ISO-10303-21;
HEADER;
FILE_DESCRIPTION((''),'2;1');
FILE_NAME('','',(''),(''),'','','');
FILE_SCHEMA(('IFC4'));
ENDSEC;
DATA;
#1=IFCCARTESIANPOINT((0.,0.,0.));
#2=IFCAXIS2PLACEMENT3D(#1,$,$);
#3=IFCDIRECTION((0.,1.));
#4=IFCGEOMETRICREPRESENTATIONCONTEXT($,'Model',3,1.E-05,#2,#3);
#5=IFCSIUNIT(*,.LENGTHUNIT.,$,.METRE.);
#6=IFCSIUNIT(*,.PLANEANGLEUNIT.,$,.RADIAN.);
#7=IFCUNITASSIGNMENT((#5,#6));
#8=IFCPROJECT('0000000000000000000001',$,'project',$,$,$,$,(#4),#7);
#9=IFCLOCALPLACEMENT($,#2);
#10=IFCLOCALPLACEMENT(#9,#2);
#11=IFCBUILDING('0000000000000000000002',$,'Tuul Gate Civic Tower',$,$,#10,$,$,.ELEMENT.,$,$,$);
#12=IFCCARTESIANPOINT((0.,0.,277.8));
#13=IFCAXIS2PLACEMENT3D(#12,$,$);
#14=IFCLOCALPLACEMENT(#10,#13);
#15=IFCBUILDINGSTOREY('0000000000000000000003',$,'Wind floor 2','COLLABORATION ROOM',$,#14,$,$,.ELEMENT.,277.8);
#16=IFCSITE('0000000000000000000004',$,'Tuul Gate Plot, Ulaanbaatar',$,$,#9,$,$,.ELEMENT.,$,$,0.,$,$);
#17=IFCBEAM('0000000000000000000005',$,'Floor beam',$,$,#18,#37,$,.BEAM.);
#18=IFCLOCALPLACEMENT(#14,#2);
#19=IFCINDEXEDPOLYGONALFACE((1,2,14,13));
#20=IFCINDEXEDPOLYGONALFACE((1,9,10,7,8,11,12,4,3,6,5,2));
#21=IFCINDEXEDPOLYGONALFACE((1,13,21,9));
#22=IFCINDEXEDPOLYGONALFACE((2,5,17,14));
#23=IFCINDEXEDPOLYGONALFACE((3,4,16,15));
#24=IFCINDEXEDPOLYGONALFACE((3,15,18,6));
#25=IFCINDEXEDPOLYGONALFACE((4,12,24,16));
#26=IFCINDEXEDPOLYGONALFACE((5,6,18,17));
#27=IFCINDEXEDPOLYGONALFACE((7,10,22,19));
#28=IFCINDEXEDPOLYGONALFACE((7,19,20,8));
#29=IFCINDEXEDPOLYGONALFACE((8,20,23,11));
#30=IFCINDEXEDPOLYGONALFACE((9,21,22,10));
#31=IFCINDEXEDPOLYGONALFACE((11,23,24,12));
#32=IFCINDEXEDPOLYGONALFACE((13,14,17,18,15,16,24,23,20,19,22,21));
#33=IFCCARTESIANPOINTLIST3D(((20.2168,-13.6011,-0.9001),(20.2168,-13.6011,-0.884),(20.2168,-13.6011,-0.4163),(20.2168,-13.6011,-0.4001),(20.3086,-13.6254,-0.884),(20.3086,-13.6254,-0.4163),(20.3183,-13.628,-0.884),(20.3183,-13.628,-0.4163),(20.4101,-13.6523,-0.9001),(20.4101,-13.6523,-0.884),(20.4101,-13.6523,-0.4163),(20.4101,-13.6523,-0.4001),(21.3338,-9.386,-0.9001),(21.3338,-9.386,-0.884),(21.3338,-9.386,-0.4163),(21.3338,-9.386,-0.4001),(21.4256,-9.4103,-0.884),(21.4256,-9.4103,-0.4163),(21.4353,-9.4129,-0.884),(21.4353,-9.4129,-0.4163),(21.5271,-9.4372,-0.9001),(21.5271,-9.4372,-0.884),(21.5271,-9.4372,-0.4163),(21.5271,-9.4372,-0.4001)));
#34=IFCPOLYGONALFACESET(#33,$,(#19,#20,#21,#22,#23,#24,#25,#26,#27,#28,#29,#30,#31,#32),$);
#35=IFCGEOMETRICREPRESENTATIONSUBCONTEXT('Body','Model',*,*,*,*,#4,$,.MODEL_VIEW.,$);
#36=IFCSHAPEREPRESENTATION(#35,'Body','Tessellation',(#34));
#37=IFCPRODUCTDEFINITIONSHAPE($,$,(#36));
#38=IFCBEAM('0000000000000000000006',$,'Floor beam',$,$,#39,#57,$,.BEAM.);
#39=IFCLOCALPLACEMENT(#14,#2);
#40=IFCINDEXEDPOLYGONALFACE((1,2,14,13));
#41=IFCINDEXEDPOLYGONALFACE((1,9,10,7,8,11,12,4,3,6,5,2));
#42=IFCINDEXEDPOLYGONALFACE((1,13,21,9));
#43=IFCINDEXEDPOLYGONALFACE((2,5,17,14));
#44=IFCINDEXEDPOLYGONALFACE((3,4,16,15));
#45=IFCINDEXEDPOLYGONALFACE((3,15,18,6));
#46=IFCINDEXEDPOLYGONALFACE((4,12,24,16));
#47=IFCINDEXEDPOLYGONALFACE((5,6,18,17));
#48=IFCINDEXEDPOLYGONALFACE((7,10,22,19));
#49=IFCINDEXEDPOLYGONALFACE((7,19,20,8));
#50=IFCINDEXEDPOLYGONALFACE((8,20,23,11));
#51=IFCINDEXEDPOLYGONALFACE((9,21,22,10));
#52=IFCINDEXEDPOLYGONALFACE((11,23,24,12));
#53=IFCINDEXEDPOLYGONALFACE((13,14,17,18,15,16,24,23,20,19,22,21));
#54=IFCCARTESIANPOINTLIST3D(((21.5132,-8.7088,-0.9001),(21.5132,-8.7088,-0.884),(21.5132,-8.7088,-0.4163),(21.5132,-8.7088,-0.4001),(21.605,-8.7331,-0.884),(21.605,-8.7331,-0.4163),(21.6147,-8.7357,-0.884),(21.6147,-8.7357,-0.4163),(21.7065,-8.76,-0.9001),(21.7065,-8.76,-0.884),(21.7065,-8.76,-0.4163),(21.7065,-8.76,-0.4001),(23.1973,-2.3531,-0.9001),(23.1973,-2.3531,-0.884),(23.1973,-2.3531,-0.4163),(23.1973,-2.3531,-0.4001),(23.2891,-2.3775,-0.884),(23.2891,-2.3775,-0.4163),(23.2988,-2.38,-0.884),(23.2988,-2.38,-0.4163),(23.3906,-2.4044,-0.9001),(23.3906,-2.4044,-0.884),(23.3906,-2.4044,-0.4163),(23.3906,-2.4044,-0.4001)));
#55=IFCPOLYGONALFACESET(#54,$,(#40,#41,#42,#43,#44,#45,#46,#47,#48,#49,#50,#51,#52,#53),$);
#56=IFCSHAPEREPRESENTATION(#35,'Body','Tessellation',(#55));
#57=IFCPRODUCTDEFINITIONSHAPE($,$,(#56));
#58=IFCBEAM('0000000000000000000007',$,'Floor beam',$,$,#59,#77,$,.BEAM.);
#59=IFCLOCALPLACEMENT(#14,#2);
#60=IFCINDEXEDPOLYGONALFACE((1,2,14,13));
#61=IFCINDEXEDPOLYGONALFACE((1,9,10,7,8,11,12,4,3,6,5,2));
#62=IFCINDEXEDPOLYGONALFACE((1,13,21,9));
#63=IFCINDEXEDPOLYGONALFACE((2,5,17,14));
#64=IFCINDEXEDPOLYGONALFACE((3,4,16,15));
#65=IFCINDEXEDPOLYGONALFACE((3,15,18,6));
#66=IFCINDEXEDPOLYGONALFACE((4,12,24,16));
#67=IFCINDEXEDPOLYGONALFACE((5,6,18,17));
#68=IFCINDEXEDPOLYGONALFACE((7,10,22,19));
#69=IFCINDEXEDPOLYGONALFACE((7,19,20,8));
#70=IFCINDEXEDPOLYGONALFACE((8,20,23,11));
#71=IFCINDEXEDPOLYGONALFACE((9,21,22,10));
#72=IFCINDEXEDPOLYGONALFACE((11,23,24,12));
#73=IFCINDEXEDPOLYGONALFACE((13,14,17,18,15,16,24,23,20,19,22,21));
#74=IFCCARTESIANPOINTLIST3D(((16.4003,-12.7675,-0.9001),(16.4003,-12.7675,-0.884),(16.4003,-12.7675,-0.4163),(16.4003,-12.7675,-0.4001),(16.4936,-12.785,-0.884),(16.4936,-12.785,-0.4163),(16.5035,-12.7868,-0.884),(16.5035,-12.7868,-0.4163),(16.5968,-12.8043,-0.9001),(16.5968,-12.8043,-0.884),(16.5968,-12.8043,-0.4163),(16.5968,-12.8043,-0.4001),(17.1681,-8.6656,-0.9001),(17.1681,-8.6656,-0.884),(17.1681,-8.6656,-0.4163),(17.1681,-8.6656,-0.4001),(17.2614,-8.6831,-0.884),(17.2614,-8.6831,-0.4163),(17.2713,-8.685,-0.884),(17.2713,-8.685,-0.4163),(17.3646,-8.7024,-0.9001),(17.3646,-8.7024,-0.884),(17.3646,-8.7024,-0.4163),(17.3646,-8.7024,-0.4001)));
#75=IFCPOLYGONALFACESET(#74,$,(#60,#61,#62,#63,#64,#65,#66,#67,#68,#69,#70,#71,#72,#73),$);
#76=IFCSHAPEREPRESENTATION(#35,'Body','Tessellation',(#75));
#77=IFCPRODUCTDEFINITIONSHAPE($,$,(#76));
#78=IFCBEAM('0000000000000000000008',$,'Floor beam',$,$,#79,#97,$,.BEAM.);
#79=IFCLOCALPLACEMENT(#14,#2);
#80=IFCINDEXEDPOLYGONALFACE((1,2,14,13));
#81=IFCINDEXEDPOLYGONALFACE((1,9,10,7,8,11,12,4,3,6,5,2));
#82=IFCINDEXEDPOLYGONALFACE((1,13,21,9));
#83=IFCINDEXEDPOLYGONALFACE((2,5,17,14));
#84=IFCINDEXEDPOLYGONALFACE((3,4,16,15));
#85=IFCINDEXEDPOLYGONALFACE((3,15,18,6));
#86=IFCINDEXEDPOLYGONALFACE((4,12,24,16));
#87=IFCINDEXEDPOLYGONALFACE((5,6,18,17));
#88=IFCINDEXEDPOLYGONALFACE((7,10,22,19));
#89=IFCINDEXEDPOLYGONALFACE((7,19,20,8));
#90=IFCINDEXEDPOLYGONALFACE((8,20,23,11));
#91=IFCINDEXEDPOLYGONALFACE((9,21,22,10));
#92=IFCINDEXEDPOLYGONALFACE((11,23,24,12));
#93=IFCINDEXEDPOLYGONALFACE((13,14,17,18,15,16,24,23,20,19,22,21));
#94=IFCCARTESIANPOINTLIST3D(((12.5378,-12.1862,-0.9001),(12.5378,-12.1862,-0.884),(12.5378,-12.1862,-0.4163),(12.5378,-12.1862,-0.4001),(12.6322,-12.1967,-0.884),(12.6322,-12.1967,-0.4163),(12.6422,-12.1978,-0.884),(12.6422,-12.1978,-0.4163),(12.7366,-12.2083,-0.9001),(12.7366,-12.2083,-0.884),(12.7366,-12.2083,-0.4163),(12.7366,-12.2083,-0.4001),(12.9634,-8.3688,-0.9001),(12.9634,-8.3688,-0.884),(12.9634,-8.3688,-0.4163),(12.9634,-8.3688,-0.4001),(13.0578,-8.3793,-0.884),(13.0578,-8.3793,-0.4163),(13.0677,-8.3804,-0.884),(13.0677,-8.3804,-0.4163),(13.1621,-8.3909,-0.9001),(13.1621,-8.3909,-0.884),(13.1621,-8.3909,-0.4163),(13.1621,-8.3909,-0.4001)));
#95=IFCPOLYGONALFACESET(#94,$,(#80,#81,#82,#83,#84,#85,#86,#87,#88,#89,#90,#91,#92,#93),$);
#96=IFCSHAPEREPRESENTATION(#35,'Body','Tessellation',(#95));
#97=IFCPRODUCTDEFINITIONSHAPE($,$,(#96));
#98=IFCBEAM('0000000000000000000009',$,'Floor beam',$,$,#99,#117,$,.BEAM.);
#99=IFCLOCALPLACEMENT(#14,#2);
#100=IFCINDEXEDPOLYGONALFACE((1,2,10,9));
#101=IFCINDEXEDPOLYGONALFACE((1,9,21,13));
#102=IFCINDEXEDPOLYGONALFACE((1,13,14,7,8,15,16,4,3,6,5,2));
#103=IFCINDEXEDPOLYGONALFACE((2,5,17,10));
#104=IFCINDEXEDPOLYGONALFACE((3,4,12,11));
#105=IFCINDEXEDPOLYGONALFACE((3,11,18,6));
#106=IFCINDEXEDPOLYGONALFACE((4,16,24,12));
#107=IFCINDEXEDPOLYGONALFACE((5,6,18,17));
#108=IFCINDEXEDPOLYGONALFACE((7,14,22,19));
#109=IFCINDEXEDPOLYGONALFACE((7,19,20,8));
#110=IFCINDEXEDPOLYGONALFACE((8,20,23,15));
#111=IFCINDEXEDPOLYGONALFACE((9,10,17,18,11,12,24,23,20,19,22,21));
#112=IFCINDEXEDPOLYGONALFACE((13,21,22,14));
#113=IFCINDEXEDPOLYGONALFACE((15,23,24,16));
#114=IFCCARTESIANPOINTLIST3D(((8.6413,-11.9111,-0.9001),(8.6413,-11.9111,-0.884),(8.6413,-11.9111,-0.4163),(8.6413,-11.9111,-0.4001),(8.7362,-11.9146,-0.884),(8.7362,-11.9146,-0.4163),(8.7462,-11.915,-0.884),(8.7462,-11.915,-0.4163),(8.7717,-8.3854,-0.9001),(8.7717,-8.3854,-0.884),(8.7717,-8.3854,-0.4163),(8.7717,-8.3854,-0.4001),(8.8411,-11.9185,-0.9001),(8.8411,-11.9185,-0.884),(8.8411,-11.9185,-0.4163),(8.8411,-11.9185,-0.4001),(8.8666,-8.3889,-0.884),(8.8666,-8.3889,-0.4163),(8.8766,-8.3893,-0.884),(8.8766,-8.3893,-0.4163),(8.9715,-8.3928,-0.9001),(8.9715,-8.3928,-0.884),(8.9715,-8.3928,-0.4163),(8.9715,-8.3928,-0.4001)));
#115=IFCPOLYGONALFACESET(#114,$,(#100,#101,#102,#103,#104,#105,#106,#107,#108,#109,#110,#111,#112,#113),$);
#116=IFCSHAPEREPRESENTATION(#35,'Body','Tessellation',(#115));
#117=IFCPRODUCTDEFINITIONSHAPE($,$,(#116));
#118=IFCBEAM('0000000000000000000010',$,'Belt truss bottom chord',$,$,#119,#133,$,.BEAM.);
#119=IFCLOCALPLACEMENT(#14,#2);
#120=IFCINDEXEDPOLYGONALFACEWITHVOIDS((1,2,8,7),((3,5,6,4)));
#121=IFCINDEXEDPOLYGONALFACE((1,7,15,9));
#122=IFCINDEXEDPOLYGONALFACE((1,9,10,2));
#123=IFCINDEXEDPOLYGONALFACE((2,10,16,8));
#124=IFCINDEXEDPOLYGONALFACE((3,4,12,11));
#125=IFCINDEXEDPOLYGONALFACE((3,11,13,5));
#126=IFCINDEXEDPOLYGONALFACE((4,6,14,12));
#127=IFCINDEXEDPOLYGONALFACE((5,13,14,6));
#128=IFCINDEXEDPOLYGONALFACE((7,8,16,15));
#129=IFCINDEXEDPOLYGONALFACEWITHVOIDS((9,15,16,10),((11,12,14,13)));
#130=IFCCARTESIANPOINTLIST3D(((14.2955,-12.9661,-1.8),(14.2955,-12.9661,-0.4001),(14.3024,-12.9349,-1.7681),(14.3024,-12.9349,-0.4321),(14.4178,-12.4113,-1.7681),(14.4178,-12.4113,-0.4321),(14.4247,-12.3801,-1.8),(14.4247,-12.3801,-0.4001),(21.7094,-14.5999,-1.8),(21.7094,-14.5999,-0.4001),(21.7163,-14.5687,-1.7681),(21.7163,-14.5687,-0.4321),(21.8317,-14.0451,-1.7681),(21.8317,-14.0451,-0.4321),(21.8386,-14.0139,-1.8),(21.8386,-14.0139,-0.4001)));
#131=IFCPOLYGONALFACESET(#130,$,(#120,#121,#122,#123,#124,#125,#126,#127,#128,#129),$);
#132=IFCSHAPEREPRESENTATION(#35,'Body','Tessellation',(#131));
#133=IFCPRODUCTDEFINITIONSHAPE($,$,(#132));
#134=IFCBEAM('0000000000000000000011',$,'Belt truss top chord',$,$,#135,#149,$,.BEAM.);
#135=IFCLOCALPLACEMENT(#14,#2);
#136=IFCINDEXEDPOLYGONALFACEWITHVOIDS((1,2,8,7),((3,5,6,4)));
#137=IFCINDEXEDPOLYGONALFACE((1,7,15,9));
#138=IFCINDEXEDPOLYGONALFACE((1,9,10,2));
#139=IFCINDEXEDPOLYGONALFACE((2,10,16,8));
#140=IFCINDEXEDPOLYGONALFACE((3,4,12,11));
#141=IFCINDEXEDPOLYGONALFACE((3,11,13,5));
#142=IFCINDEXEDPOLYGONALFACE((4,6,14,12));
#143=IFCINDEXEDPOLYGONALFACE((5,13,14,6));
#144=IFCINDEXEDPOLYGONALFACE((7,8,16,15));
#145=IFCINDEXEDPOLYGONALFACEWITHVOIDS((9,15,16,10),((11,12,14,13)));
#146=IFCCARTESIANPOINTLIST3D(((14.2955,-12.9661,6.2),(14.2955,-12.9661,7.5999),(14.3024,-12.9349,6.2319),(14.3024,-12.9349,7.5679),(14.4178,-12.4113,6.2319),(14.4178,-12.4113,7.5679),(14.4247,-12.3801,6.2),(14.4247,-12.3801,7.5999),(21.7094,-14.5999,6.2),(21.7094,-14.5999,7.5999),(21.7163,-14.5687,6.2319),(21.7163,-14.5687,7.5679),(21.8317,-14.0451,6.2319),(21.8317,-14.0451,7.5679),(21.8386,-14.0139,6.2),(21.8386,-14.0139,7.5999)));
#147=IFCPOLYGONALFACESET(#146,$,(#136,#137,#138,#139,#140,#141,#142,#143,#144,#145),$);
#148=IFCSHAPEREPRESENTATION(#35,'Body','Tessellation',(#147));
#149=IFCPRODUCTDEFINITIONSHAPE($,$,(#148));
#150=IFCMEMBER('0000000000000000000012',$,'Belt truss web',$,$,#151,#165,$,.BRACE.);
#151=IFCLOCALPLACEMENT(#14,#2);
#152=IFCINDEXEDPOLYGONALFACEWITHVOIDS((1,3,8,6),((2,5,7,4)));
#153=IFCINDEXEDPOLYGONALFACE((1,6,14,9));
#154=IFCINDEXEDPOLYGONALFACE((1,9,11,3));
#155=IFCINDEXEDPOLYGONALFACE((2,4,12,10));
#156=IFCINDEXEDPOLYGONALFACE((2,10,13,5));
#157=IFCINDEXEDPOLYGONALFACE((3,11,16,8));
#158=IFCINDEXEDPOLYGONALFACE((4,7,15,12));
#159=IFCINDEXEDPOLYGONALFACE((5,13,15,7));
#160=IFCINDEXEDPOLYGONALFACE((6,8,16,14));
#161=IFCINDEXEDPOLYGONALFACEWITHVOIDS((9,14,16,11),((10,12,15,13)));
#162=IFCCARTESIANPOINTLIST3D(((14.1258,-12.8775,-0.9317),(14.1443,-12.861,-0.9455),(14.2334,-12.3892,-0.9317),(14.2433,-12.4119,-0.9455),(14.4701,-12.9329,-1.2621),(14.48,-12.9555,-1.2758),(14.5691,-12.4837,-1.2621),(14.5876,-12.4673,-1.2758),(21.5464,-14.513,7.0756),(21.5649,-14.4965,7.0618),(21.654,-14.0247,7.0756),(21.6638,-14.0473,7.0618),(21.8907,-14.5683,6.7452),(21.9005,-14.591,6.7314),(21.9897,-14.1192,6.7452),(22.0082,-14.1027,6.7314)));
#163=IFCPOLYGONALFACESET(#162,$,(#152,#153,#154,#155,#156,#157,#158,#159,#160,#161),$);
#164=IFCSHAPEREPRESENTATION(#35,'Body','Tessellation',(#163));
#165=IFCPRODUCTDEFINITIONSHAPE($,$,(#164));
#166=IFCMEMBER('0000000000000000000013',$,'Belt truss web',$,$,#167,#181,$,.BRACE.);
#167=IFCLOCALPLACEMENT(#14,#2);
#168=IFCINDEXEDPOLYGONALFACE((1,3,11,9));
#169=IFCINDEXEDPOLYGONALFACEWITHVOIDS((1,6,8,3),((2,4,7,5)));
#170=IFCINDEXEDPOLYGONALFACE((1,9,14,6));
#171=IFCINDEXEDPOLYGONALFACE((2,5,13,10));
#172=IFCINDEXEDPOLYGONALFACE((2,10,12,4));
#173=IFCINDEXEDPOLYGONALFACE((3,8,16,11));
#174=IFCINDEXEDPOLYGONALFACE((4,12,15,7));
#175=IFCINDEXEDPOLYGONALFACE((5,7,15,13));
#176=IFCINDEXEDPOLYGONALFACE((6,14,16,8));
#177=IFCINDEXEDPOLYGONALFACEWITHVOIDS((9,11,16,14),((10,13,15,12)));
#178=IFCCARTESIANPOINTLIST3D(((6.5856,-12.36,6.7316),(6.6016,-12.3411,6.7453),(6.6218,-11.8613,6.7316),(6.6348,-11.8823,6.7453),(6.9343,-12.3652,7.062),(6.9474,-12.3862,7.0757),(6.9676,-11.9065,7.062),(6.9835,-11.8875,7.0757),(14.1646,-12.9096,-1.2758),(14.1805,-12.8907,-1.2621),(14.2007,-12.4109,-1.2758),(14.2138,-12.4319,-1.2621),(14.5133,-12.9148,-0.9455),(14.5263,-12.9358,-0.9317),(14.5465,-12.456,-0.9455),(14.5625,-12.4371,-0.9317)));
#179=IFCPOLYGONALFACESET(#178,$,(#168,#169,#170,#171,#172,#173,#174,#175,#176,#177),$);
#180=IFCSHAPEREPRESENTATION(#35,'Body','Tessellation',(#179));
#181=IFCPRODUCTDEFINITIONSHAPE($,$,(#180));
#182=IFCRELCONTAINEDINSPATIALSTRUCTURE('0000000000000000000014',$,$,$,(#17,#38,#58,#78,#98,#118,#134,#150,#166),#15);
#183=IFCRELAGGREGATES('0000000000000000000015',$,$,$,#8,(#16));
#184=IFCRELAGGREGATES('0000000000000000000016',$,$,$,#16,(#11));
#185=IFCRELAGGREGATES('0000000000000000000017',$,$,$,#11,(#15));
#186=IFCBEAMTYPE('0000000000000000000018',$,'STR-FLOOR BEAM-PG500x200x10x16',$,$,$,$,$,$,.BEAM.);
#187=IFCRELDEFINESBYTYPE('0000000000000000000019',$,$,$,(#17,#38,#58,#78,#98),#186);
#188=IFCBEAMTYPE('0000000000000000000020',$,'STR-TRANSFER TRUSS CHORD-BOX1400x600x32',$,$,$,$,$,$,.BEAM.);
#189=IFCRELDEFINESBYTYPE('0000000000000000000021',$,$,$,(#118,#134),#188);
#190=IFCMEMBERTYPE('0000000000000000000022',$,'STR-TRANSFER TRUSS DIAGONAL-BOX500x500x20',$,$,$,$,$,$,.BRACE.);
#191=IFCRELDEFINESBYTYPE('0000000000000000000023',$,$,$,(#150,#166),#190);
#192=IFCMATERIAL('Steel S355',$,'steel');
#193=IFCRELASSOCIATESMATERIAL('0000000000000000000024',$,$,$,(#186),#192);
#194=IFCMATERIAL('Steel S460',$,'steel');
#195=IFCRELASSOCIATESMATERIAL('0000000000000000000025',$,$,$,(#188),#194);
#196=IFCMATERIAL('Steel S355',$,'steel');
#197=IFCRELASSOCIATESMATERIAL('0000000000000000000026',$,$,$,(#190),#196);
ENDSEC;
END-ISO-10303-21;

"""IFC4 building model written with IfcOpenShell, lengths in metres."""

from ifc_helpers import new_model, si_unit, direction, frame, origin, origin_2d, place, context, subcontext, project, spatial, hollow_rectangle, i_section, extrude, material, material_profile, profile_set, type_object, element, save


model = new_model("IFC4")

# Units and contexts
model_context = context("Model", 3, precision=1e-05, world=origin(), true_north=direction((0.0, 1.0)))
body_context = subcontext(model_context, "Body", "Model", "MODEL_VIEW")
ifc_project = project(units=[si_unit("LENGTHUNIT", "METRE"), si_unit("PLANEANGLEUNIT", "RADIAN")], contexts=[model_context])

# Site, building, storey
site_placement = place(None, origin())
site = spatial("IfcSite", under=ifc_project, at=site_placement, Name="Tuul Gate Plot, Ulaanbaatar", CompositionType="ELEMENT", RefElevation=0.0)
building_placement = place(site_placement, origin())
building = spatial("IfcBuilding", under=site, at=building_placement, Name="Tuul Gate Civic Tower", CompositionType="ELEMENT")
storey_placement = place(building_placement, frame((0.0, 0.0, 277.8)))
storey = spatial("IfcBuildingStorey", under=building, at=storey_placement, Name="Wind floor 2", Description="COLLABORATION ROOM", CompositionType="ELEMENT", Elevation=277.8)

# Beams
ifc_material_1 = material(Name="Steel S355", Category="steel")
ifc_material_profile_1 = material_profile(ifc_material_1, i_section(OverallWidth=0.2, OverallDepth=0.5, WebThickness=0.01, FlangeThickness=0.0161, at=origin_2d()), Name="PG500x200x10x16")
ifc_profile_set_1 = profile_set([ifc_material_profile_1], Name="Steel S355")
beam_type_1 = type_object("IfcBeamType", Name="STR-FLOOR BEAM-PG500x200x10x16", PredefinedType="BEAM", material=ifc_profile_set_1)
beam_1_placement = place(storey_placement, frame((20.3135, -13.6267, -0.6501), z_axis=(0.256146, 0.966638, 0.0), x_axis=(-0.966638, 0.256146, 0.0)))
element("IfcBeam", 1, at=beam_1_placement, inside=storey, type_object=beam_type_1, Name="Floor beam", PredefinedType="BEAM", context=body_context, shape_type="SweptSolid", body=[
    extrude(i_section(OverallWidth=0.2, OverallDepth=0.5, WebThickness=0.01, FlangeThickness=0.0161, at=origin_2d()), origin(), (0.0, 0.0, 1.0), 4.3606),
])
beam_2_placement = place(storey_placement, frame((21.6099, -8.7344, -0.6501), z_axis=(0.256132, 0.966642, 0.0), x_axis=(-0.966642, 0.256132, 0.0)))
element("IfcBeam", 2, at=beam_2_placement, inside=storey, type_object=beam_type_1, Name="Floor beam", PredefinedType="BEAM", context=body_context, shape_type="SweptSolid", body=[
    extrude(i_section(OverallWidth=0.2, OverallDepth=0.5, WebThickness=0.01, FlangeThickness=0.0161, at=origin_2d()), origin(), (0.0, 0.0, 1.0), 6.575),
])
beam_3_placement = place(storey_placement, frame((16.4985, -12.7859, -0.6501), z_axis=(0.183995, 0.982927, 0.0), x_axis=(-0.982927, 0.183995, 0.0)))
element("IfcBeam", 3, at=beam_3_placement, inside=storey, type_object=beam_type_1, Name="Floor beam", PredefinedType="BEAM", context=body_context, shape_type="SweptSolid", body=[
    extrude(i_section(OverallWidth=0.2, OverallDepth=0.5, WebThickness=0.01, FlangeThickness=0.0161, at=origin_2d()), origin(), (0.0, 0.0, 1.0), 4.1731),
])
beam_4_placement = place(storey_placement, frame((12.6372, -12.1973, -0.6501), z_axis=(0.110787, 0.993844, 0.0), x_axis=(-0.993844, 0.110787, 0.0)))
element("IfcBeam", 4, at=beam_4_placement, inside=storey, type_object=beam_type_1, Name="Floor beam", PredefinedType="BEAM", context=body_context, shape_type="SweptSolid", body=[
    extrude(i_section(OverallWidth=0.2, OverallDepth=0.5, WebThickness=0.01, FlangeThickness=0.0161, at=origin_2d()), origin(), (0.0, 0.0, 1.0), 3.8411),
])
beam_5_placement = place(storey_placement, frame((8.7412, -11.9148, -0.6501), z_axis=(0.036953, 0.999317, 0.0), x_axis=(-0.999317, 0.036953, 0.0)))
element("IfcBeam", 5, at=beam_5_placement, inside=storey, type_object=beam_type_1, Name="Floor beam", PredefinedType="BEAM", context=body_context, shape_type="SweptSolid", body=[
    extrude(i_section(OverallWidth=0.2, OverallDepth=0.5, WebThickness=0.01, FlangeThickness=0.0161, at=origin_2d()), origin(), (0.0, 0.0, 1.0), 3.5281),
])
ifc_material_2 = material(Name="Steel S460", Category="steel")
ifc_material_profile_2 = material_profile(ifc_material_2, hollow_rectangle(XDim=0.6001, YDim=1.3999, WallThickness=0.032, at=origin_2d()), Name="BOX1400x600x32")
ifc_profile_set_2 = profile_set([ifc_material_profile_2], Name="Steel S460")
beam_type_2 = type_object("IfcBeamType", Name="STR-TRANSFER TRUSS CHORD-BOX1400x600x32", PredefinedType="BEAM", material=ifc_profile_set_2)
for number, where, z_axis, x_axis, name in (
    (6, (14.3601, -12.6731, -1.1001), (0.976568, -0.215207, 0.0), (0.215207, 0.976568, 0.0), "Belt truss bottom chord"),
    (7, (14.3601, -12.6731, 6.8999), (0.976568, -0.215207, 0.0), (0.215207, 0.976568, 0.0), "Belt truss top chord"),
):
    element("IfcBeam", number, at=place(storey_placement, frame(where, z_axis=z_axis, x_axis=x_axis)), inside=storey, type_object=beam_type_2, Name=name, PredefinedType="BEAM", context=body_context, shape_type="SweptSolid", body=[
        extrude(hollow_rectangle(XDim=0.6001, YDim=1.3999, WallThickness=0.032, at=origin_2d()), origin(), (0.0, 0.0, 1.0), 7.5918),
    ])

# Members
ifc_material_3 = material(Name="Steel S355", Category="steel")
ifc_material_profile_3 = material_profile(ifc_material_3, hollow_rectangle(XDim=0.5, YDim=0.5, WallThickness=0.02, at=origin_2d()), Name="BOX500x500x20")
ifc_profile_set_3 = profile_set([ifc_material_profile_3], Name="Steel S355")
member_type_1 = type_object("IfcMemberType", Name="STR-TRANSFER TRUSS DIAGONAL-BOX500x500x20", PredefinedType="BRACE", material=ifc_profile_set_3)
member_1_placement = place(storey_placement, frame((14.3567, -12.6724, -1.1038), z_axis=(0.672225, -0.148157, 0.725371), x_axis=(0.215233, 0.976563, 0.0)))
element("IfcMember", 8, at=member_1_placement, inside=storey, type_object=member_type_1, Name="Belt truss web", PredefinedType="BRACE", context=body_context, shape_type="SweptSolid", body=[
    extrude(hollow_rectangle(XDim=0.5, YDim=0.5, WallThickness=0.02, at=origin_2d()), origin(), (0.0, 0.0, 1.0), 11.0388),
])
member_2_placement = place(storey_placement, frame((14.3635, -12.6733, -1.1038), z_axis=(-0.686556, 0.049784, 0.72537), x_axis=(-0.072322, -0.997381, 0.0)))
element("IfcMember", 9, at=member_2_placement, inside=storey, type_object=member_type_1, Name="Belt truss web", PredefinedType="BRACE", context=body_context, shape_type="SweptSolid", body=[
    extrude(hollow_rectangle(XDim=0.5, YDim=0.5, WallThickness=0.02, at=origin_2d()), origin(), (0.0, 0.0, 1.0), 11.0391),
])

save(model, "model.ifc")
